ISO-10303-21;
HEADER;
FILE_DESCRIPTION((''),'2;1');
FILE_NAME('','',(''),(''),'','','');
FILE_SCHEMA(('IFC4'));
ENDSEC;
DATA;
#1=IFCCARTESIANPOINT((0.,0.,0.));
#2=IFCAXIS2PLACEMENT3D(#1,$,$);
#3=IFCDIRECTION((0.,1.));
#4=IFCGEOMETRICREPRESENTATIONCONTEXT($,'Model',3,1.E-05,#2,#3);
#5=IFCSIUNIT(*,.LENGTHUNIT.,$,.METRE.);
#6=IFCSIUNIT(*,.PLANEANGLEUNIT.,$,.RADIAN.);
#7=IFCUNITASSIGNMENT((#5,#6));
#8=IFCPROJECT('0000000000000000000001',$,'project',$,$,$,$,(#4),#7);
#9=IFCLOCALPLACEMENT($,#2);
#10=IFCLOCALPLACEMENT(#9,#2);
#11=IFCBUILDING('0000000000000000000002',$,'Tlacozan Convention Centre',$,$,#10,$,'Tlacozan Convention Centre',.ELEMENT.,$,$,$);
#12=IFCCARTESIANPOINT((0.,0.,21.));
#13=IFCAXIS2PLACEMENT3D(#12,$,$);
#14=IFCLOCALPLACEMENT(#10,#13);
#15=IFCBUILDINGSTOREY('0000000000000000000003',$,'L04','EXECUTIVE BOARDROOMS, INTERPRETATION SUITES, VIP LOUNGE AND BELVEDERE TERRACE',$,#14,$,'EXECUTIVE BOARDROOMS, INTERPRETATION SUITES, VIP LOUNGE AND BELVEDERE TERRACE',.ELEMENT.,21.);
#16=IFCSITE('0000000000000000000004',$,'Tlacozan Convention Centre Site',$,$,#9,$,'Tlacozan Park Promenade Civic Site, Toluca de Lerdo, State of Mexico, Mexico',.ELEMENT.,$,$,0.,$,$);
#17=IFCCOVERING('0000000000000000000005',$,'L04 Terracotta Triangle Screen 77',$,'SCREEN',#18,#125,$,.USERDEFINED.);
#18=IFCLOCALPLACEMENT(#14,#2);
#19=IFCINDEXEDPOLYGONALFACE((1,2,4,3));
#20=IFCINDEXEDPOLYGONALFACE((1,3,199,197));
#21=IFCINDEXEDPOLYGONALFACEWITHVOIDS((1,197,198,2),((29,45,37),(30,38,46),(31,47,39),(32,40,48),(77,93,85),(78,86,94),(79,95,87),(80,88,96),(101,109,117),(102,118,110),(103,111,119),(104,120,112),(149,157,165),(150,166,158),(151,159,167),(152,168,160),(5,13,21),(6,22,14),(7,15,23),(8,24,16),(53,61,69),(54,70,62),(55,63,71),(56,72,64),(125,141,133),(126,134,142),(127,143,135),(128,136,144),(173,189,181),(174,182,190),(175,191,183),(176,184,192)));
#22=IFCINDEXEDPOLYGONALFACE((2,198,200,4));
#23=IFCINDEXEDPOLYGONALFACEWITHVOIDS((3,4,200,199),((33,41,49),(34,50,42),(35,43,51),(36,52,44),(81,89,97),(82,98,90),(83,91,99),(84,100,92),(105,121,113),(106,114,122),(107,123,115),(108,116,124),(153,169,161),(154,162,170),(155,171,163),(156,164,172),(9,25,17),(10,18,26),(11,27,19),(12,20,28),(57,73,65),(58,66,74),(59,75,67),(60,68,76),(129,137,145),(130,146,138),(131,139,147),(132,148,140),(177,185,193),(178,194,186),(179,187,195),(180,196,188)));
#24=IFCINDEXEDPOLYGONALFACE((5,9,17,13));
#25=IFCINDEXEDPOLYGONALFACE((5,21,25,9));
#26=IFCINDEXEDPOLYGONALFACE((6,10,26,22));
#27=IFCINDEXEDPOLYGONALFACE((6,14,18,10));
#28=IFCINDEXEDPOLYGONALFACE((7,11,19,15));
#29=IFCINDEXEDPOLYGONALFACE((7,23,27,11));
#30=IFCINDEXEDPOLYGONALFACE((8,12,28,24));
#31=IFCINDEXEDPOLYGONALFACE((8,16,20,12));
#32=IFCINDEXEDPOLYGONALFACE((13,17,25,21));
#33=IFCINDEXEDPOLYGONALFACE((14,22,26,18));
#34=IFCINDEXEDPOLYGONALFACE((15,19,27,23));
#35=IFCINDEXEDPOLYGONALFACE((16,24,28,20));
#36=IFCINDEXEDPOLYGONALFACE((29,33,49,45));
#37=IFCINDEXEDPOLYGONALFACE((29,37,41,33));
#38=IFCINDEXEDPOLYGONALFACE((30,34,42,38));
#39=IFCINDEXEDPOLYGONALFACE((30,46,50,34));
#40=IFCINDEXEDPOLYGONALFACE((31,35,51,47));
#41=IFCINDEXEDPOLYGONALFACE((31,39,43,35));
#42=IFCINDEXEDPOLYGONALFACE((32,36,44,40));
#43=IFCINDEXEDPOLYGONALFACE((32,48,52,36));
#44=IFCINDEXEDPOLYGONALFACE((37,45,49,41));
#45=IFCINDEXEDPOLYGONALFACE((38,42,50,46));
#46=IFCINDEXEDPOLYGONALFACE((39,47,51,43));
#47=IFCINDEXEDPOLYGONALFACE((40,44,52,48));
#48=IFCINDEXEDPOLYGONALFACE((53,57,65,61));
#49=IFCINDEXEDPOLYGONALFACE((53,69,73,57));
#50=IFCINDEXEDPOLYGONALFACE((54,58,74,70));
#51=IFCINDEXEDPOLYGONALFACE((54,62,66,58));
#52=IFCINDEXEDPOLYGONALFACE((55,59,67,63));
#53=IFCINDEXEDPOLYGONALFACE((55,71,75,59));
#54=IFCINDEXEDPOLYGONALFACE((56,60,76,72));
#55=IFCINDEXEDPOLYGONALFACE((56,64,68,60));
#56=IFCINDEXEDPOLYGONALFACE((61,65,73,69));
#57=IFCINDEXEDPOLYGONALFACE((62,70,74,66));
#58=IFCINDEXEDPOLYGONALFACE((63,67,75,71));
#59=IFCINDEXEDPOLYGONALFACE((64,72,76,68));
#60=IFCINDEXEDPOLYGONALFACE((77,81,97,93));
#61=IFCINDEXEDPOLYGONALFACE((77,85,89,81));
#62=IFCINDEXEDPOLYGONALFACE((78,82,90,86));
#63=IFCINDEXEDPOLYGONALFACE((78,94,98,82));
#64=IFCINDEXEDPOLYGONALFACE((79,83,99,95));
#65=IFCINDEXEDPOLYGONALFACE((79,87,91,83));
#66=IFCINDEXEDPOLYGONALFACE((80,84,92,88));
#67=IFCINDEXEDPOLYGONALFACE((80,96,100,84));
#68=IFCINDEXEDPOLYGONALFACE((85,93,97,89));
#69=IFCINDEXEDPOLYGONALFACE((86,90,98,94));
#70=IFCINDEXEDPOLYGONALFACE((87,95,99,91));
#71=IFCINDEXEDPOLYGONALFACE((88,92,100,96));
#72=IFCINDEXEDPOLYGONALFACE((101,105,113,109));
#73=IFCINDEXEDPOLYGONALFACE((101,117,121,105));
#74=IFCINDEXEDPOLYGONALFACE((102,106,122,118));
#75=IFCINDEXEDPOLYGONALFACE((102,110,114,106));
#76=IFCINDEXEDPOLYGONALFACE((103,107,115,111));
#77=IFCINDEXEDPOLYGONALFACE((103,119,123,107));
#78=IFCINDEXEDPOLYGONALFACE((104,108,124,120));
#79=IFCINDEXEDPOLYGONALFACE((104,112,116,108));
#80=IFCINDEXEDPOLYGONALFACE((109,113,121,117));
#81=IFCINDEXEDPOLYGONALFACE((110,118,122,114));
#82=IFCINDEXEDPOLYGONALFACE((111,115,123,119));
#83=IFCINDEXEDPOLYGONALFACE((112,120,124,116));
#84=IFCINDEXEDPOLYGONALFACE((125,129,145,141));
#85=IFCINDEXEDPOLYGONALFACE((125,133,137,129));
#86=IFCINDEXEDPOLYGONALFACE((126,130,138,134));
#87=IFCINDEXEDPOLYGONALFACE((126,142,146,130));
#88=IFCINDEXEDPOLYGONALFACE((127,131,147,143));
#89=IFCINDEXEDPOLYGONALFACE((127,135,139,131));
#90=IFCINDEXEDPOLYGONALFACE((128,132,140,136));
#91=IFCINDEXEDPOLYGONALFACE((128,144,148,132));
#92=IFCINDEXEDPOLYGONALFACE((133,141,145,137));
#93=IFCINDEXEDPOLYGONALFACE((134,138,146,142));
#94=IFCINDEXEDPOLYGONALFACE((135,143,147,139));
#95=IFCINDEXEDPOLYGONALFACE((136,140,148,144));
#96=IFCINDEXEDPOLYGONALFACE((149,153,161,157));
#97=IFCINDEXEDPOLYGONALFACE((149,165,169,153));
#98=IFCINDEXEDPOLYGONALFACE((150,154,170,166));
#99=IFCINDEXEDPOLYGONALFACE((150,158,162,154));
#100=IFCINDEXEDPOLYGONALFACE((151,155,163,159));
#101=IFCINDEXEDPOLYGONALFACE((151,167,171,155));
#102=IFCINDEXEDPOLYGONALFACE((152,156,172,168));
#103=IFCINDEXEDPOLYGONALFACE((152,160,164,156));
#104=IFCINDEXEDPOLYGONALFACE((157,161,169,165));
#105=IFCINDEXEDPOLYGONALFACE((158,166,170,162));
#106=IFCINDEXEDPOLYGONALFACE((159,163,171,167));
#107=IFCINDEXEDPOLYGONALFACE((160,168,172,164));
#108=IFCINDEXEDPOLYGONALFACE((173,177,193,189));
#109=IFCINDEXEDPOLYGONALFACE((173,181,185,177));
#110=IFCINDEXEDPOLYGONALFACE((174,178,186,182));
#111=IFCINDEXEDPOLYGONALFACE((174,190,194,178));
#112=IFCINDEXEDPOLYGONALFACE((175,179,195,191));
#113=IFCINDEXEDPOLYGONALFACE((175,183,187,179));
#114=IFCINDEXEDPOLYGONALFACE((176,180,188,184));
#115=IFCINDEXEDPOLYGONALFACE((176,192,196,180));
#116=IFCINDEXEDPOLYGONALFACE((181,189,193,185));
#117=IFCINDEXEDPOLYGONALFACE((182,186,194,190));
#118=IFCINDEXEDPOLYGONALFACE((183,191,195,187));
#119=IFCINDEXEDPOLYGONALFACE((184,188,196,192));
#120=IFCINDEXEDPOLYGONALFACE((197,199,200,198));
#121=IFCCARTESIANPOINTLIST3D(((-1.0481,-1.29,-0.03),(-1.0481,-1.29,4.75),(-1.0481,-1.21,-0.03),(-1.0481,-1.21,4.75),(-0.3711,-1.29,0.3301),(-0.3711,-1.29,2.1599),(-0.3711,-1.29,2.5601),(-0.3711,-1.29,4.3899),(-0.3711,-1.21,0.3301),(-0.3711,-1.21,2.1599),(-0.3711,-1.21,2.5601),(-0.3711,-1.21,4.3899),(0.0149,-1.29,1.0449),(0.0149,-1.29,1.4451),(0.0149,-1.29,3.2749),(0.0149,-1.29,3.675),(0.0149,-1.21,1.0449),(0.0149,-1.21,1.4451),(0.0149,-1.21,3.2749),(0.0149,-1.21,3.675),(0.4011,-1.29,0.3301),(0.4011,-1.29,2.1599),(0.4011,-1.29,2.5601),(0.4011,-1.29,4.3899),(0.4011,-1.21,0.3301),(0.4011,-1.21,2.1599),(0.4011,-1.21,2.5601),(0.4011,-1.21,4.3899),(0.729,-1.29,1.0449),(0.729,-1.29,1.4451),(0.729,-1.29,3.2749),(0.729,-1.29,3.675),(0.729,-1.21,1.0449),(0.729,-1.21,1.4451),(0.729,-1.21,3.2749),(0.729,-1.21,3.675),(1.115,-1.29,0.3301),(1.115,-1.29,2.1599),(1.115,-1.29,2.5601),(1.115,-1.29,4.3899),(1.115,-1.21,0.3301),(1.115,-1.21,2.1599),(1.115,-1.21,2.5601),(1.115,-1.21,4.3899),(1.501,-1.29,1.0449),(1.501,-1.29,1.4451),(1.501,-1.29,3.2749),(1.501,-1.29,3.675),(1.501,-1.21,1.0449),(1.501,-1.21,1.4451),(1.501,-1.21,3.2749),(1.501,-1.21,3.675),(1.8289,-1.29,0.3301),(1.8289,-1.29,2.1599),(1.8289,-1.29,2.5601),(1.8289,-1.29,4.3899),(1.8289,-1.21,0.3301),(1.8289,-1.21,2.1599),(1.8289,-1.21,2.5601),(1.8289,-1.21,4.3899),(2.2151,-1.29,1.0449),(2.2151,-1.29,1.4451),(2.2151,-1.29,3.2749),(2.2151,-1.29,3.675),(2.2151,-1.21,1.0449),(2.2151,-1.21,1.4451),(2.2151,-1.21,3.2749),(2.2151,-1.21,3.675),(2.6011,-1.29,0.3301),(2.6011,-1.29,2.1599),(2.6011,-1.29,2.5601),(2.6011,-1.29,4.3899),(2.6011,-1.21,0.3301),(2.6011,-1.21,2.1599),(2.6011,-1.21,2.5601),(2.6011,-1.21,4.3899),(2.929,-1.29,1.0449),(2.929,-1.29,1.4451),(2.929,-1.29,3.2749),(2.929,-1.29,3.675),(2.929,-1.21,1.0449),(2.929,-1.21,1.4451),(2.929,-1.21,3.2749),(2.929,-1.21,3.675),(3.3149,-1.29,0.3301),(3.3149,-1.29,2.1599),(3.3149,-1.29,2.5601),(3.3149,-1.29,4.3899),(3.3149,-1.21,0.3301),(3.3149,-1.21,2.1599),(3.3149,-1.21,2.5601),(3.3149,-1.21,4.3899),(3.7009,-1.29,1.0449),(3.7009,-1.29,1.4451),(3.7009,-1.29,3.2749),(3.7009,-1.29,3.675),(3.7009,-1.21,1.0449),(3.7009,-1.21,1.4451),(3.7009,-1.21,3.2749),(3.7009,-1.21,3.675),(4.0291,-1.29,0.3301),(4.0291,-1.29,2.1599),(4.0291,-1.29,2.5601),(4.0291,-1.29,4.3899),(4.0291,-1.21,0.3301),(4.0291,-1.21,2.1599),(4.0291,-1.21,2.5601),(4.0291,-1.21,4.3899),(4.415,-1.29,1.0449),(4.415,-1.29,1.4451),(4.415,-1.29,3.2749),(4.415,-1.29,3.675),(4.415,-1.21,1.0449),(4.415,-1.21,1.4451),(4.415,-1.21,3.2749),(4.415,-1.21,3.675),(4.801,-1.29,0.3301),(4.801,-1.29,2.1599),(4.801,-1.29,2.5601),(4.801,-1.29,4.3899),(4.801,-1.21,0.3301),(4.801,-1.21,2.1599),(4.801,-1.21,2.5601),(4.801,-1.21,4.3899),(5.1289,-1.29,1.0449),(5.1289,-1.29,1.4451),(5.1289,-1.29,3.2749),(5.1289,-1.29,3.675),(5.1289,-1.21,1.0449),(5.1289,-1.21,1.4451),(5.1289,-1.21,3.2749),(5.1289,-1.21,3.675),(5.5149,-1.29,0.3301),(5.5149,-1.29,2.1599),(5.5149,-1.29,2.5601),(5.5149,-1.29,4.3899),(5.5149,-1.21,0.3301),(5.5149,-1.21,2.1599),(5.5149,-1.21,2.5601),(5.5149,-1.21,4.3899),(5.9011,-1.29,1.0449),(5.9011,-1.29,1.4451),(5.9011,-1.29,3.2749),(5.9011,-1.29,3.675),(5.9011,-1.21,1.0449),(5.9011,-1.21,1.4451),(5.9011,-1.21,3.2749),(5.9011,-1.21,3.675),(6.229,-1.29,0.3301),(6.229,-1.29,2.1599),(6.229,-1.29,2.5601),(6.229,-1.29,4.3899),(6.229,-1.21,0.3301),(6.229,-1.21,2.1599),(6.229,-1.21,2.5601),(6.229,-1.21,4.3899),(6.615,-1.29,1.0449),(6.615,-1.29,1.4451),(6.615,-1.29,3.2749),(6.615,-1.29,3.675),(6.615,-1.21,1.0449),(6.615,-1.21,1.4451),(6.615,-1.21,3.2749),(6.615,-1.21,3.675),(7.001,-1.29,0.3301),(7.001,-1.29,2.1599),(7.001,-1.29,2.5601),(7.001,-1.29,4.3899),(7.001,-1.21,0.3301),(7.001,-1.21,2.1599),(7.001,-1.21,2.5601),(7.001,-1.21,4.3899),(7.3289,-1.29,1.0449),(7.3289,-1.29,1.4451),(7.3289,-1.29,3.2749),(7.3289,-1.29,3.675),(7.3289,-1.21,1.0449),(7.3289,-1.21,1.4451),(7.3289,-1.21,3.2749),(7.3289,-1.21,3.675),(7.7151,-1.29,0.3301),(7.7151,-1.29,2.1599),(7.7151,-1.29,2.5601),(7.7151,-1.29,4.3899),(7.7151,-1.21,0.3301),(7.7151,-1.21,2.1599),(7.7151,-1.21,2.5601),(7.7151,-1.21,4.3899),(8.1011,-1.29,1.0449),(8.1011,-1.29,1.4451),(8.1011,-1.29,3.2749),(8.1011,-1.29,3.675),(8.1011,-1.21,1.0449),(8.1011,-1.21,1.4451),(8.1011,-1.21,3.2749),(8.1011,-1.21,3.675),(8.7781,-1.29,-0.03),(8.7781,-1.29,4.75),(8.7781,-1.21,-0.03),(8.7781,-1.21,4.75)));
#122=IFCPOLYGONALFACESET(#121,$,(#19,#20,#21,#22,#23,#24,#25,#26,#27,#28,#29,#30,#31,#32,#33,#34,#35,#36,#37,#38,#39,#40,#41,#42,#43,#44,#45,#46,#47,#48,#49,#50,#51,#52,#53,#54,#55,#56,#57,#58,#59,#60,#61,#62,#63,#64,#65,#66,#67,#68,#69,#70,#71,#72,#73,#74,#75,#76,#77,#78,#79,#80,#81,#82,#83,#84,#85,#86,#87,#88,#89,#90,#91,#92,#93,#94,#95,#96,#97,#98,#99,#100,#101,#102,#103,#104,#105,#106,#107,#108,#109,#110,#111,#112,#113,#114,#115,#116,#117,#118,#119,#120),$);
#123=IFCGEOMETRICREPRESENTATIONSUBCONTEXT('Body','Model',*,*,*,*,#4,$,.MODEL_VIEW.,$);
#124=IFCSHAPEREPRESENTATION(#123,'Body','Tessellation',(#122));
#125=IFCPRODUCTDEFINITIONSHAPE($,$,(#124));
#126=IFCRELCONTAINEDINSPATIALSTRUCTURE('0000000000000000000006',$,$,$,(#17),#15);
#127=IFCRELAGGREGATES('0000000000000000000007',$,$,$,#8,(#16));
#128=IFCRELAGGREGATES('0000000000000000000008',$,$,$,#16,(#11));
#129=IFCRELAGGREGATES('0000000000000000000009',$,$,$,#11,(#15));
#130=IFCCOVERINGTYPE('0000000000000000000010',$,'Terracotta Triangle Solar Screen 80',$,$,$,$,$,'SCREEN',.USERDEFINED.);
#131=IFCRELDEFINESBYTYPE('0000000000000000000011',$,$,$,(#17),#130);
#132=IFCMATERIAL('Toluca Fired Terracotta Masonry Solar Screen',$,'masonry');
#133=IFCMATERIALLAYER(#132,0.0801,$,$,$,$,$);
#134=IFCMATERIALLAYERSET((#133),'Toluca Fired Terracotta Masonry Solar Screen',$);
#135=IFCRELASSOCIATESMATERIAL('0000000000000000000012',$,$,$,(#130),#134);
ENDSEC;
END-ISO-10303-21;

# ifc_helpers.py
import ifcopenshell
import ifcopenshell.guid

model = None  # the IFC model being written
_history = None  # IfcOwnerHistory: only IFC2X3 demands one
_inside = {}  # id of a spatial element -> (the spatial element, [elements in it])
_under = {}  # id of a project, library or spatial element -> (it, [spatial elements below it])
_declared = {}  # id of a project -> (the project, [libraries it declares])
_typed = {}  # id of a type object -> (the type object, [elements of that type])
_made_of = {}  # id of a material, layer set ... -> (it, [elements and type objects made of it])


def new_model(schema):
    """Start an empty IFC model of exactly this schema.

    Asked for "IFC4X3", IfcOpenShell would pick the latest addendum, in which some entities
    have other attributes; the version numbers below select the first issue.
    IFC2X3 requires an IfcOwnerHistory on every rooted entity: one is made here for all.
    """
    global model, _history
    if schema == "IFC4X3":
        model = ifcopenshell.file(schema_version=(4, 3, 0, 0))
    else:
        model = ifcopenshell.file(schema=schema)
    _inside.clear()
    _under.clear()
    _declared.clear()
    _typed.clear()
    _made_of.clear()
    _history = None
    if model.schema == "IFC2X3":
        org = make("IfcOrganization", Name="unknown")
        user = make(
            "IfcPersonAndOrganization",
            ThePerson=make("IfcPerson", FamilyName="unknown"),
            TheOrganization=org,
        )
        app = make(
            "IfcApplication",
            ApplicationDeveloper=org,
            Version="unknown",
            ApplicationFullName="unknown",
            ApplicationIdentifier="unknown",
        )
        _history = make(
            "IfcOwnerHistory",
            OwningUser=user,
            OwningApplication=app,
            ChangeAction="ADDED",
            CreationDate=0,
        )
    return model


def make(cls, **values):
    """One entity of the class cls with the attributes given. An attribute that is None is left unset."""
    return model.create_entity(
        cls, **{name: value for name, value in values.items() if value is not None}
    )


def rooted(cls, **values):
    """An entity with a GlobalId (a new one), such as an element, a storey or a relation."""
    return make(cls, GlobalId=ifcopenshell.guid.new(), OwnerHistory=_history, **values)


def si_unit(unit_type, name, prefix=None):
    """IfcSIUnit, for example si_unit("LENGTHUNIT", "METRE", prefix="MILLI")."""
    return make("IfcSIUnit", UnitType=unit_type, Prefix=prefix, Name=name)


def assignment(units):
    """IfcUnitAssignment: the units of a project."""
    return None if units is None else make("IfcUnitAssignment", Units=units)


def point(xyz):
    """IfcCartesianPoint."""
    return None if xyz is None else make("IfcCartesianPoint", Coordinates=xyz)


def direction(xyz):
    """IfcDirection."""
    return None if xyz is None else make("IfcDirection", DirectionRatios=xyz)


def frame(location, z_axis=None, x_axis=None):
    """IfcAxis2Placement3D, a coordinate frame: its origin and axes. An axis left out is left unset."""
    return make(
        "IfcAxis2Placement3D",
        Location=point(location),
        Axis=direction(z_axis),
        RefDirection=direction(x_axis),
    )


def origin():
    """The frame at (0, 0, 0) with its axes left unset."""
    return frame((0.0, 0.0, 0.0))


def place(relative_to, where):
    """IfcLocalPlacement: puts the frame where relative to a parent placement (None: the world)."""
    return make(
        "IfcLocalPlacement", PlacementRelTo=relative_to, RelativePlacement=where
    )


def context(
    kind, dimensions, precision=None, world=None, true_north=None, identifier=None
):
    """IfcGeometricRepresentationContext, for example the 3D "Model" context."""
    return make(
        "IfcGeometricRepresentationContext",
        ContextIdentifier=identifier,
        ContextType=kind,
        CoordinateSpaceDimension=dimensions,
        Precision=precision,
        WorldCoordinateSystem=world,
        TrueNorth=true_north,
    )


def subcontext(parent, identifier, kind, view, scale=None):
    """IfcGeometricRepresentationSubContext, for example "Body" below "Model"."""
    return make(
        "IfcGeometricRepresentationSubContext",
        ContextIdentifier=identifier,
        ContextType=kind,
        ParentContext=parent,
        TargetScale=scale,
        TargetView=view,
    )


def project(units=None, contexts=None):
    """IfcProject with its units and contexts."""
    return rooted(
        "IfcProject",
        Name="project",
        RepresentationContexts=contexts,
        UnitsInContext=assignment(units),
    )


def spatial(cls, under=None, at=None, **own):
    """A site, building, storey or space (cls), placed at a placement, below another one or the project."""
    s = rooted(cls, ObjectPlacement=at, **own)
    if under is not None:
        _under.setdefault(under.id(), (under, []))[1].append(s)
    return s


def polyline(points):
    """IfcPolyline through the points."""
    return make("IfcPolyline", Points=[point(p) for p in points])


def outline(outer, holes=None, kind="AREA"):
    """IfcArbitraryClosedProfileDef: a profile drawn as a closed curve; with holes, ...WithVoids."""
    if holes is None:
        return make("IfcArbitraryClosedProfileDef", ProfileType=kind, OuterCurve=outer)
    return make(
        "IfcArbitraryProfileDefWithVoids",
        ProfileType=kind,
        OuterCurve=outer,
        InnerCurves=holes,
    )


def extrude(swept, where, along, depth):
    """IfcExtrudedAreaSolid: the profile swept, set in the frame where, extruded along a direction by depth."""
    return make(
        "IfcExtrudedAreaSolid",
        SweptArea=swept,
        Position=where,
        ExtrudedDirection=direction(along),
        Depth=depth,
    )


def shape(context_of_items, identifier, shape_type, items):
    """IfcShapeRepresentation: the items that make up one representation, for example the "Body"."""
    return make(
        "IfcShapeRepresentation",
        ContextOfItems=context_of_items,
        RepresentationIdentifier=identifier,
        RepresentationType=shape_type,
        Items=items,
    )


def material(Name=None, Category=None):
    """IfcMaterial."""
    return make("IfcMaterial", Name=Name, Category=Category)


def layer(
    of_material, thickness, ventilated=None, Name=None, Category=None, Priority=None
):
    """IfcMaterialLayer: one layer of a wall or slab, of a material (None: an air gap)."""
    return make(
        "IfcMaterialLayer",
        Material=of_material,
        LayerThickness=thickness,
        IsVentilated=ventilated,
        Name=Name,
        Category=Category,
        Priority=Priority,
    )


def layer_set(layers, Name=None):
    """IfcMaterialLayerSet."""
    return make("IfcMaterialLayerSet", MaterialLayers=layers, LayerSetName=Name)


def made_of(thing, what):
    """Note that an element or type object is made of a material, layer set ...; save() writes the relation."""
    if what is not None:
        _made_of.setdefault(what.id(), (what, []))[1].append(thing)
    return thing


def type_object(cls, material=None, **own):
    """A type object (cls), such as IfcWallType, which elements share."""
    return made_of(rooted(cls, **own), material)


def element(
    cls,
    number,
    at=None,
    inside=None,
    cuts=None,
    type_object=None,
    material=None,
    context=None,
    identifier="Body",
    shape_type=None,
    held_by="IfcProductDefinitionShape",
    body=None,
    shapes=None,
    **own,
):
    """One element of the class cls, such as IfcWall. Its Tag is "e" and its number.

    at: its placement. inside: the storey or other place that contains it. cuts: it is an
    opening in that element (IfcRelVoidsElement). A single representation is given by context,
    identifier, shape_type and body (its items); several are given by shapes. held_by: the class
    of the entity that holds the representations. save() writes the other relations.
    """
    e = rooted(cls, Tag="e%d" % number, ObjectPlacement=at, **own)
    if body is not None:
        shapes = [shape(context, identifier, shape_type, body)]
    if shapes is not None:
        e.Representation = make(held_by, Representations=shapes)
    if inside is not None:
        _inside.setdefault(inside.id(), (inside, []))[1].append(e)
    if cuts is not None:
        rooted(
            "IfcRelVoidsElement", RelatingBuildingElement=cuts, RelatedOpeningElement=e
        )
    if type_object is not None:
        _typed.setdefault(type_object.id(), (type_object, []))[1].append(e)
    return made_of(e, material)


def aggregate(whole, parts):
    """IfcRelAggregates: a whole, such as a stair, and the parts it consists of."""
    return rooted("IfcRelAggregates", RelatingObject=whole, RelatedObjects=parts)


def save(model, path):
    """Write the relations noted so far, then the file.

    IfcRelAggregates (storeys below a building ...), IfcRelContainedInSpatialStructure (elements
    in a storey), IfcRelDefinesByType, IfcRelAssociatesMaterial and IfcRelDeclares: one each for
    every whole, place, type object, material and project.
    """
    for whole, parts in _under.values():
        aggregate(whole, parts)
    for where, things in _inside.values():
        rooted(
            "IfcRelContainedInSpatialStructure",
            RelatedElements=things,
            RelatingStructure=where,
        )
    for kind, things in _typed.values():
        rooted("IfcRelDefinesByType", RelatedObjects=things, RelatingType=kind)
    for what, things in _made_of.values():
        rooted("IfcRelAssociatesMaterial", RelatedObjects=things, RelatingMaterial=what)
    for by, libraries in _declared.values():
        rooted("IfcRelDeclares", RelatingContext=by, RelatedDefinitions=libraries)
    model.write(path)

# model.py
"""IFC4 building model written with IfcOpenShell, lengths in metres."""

from ifc_helpers import new_model, si_unit, direction, frame, origin, place, context, subcontext, project, spatial, polyline, outline, extrude, material, layer, layer_set, type_object, element, save


model = new_model("IFC4")

# Units and contexts
model_context = context("Model", 3, precision=1e-05, world=origin(), true_north=direction((0.0, 1.0)))
body_context = subcontext(model_context, "Body", "Model", "MODEL_VIEW")
ifc_project = project(units=[si_unit("LENGTHUNIT", "METRE"), si_unit("PLANEANGLEUNIT", "RADIAN")], contexts=[model_context])

# Site, building, storey
site_placement = place(None, origin())
site = spatial("IfcSite", under=ifc_project, at=site_placement, Name="Tlacozan Convention Centre Site", LongName="Tlacozan Park Promenade Civic Site, Toluca de Lerdo, State of Mexico, Mexico", CompositionType="ELEMENT", RefElevation=0.0)
building_placement = place(site_placement, origin())
building = spatial("IfcBuilding", under=site, at=building_placement, Name="Tlacozan Convention Centre", LongName="Tlacozan Convention Centre", CompositionType="ELEMENT")
storey_placement = place(building_placement, frame((0.0, 0.0, 21.0)))
storey = spatial("IfcBuildingStorey", under=building, at=storey_placement, Name="L04", Description="EXECUTIVE BOARDROOMS, INTERPRETATION SUITES, VIP LOUNGE AND BELVEDERE TERRACE", LongName="EXECUTIVE BOARDROOMS, INTERPRETATION SUITES, VIP LOUNGE AND BELVEDERE TERRACE", CompositionType="ELEMENT", Elevation=21.0)

# Covering
ifc_material_1 = material(Name="Toluca Fired Terracotta Masonry Solar Screen", Category="masonry")
ifc_layer_1 = layer(ifc_material_1, 0.0801)
ifc_layer_set_1 = layer_set([ifc_layer_1], Name="Toluca Fired Terracotta Masonry Solar Screen")
covering_type_1 = type_object("IfcCoveringType", Name="Terracotta Triangle Solar Screen 80", ElementType="SCREEN", PredefinedType="USERDEFINED", material=ifc_layer_set_1)
covering_1_placement = place(storey_placement, frame((-1.0481, -1.25, -0.03), z_axis=(0.0, 0.0, 1.0), x_axis=(1.0, 0.0, 0.0)))
element("IfcCovering", 1, at=covering_1_placement, inside=storey, type_object=covering_type_1, Name="L04 Terracotta Triangle Screen 77", ObjectType="SCREEN", PredefinedType="USERDEFINED", context=body_context, shape_type="SweptSolid", body=[
    extrude(outline(polyline([(0.0, 0.0), (9.8262, 0.0), (9.8262, 4.78), (0.0, 4.78), (0.0, 0.0)]), holes=[polyline([(0.677, 0.3601), (1.4492, 0.3601), (1.063, 1.075), (0.677, 0.3601)]), polyline([(1.7771, 1.075), (2.5491, 1.075), (2.1631, 0.3601), (1.7771, 1.075)]), polyline([(2.877, 0.3601), (3.6492, 0.3601), (3.2632, 1.075), (2.877, 0.3601)]), polyline([(3.9771, 1.075), (4.749, 1.075), (4.363, 0.3601), (3.9771, 1.075)]), polyline([(5.0771, 0.3601), (5.8491, 0.3601), (5.4631, 1.075), (5.0771, 0.3601)]), polyline([(6.177, 1.075), (6.9492, 1.075), (6.563, 0.3601), (6.177, 1.075)]), polyline([(7.2771, 0.3601), (8.0491, 0.3601), (7.6631, 1.075), (7.2771, 0.3601)]), polyline([(8.377, 1.075), (9.1492, 1.075), (8.7632, 0.3601), (8.377, 1.075)]), polyline([(0.677, 2.1899), (1.4492, 2.1899), (1.063, 1.4751), (0.677, 2.1899)]), polyline([(1.7771, 1.4751), (2.5491, 1.4751), (2.1631, 2.1899), (1.7771, 1.4751)]), polyline([(2.877, 2.1899), (3.6492, 2.1899), (3.2632, 1.4751), (2.877, 2.1899)]), polyline([(3.9771, 1.4751), (4.749, 1.4751), (4.363, 2.1899), (3.9771, 1.4751)]), polyline([(5.0771, 2.1899), (5.8491, 2.1899), (5.4631, 1.4751), (5.0771, 2.1899)]), polyline([(6.177, 1.4751), (6.9492, 1.4751), (6.563, 2.1899), (6.177, 1.4751)]), polyline([(7.2771, 2.1899), (8.0491, 2.1899), (7.6631, 1.4751), (7.2771, 2.1899)]), polyline([(8.377, 1.4751), (9.1492, 1.4751), (8.7632, 2.1899), (8.377, 1.4751)]), polyline([(0.677, 2.5901), (1.4492, 2.5901), (1.063, 3.3049), (0.677, 2.5901)]), polyline([(1.7771, 3.3049), (2.5491, 3.3049), (2.1631, 2.5901), (1.7771, 3.3049)]), polyline([(2.877, 2.5901), (3.6492, 2.5901), (3.2632, 3.3049), (2.877, 2.5901)]), polyline([(3.9771, 3.3049), (4.749, 3.3049), (4.363, 2.5901), (3.9771, 3.3049)]), polyline([(5.0771, 2.5901), (5.8491, 2.5901), (5.4631, 3.3049), (5.0771, 2.5901)]), polyline([(6.177, 3.3049), (6.9492, 3.3049), (6.563, 2.5901), (6.177, 3.3049)]), polyline([(7.2771, 2.5901), (8.0491, 2.5901), (7.6631, 3.3049), (7.2771, 2.5901)]), polyline([(8.377, 3.3049), (9.1492, 3.3049), (8.7632, 2.5901), (8.377, 3.3049)]), polyline([(0.677, 4.4199), (1.4492, 4.4199), (1.063, 3.7051), (0.677, 4.4199)]), polyline([(1.7771, 3.7051), (2.5491, 3.7051), (2.1631, 4.4199), (1.7771, 3.7051)]), polyline([(2.877, 4.4199), (3.6492, 4.4199), (3.2632, 3.7051), (2.877, 4.4199)]), polyline([(3.9771, 3.7051), (4.749, 3.7051), (4.363, 4.4199), (3.9771, 3.7051)]), polyline([(5.0771, 4.4199), (5.8491, 4.4199), (5.4631, 3.7051), (5.0771, 4.4199)]), polyline([(6.177, 3.7051), (6.9492, 3.7051), (6.563, 4.4199), (6.177, 3.7051)]), polyline([(7.2771, 4.4199), (8.0491, 4.4199), (7.6631, 3.7051), (7.2771, 4.4199)]), polyline([(8.377, 3.7051), (9.1492, 3.7051), (8.7632, 4.4199), (8.377, 3.7051)])]), frame((0.0, 0.04, 0.0), z_axis=(0.0, -1.0, 0.0), x_axis=(1.0, 0.0, 0.0)), (0.0, 0.0, 1.0), 0.0801),
])

save(model, "model.ifc")
